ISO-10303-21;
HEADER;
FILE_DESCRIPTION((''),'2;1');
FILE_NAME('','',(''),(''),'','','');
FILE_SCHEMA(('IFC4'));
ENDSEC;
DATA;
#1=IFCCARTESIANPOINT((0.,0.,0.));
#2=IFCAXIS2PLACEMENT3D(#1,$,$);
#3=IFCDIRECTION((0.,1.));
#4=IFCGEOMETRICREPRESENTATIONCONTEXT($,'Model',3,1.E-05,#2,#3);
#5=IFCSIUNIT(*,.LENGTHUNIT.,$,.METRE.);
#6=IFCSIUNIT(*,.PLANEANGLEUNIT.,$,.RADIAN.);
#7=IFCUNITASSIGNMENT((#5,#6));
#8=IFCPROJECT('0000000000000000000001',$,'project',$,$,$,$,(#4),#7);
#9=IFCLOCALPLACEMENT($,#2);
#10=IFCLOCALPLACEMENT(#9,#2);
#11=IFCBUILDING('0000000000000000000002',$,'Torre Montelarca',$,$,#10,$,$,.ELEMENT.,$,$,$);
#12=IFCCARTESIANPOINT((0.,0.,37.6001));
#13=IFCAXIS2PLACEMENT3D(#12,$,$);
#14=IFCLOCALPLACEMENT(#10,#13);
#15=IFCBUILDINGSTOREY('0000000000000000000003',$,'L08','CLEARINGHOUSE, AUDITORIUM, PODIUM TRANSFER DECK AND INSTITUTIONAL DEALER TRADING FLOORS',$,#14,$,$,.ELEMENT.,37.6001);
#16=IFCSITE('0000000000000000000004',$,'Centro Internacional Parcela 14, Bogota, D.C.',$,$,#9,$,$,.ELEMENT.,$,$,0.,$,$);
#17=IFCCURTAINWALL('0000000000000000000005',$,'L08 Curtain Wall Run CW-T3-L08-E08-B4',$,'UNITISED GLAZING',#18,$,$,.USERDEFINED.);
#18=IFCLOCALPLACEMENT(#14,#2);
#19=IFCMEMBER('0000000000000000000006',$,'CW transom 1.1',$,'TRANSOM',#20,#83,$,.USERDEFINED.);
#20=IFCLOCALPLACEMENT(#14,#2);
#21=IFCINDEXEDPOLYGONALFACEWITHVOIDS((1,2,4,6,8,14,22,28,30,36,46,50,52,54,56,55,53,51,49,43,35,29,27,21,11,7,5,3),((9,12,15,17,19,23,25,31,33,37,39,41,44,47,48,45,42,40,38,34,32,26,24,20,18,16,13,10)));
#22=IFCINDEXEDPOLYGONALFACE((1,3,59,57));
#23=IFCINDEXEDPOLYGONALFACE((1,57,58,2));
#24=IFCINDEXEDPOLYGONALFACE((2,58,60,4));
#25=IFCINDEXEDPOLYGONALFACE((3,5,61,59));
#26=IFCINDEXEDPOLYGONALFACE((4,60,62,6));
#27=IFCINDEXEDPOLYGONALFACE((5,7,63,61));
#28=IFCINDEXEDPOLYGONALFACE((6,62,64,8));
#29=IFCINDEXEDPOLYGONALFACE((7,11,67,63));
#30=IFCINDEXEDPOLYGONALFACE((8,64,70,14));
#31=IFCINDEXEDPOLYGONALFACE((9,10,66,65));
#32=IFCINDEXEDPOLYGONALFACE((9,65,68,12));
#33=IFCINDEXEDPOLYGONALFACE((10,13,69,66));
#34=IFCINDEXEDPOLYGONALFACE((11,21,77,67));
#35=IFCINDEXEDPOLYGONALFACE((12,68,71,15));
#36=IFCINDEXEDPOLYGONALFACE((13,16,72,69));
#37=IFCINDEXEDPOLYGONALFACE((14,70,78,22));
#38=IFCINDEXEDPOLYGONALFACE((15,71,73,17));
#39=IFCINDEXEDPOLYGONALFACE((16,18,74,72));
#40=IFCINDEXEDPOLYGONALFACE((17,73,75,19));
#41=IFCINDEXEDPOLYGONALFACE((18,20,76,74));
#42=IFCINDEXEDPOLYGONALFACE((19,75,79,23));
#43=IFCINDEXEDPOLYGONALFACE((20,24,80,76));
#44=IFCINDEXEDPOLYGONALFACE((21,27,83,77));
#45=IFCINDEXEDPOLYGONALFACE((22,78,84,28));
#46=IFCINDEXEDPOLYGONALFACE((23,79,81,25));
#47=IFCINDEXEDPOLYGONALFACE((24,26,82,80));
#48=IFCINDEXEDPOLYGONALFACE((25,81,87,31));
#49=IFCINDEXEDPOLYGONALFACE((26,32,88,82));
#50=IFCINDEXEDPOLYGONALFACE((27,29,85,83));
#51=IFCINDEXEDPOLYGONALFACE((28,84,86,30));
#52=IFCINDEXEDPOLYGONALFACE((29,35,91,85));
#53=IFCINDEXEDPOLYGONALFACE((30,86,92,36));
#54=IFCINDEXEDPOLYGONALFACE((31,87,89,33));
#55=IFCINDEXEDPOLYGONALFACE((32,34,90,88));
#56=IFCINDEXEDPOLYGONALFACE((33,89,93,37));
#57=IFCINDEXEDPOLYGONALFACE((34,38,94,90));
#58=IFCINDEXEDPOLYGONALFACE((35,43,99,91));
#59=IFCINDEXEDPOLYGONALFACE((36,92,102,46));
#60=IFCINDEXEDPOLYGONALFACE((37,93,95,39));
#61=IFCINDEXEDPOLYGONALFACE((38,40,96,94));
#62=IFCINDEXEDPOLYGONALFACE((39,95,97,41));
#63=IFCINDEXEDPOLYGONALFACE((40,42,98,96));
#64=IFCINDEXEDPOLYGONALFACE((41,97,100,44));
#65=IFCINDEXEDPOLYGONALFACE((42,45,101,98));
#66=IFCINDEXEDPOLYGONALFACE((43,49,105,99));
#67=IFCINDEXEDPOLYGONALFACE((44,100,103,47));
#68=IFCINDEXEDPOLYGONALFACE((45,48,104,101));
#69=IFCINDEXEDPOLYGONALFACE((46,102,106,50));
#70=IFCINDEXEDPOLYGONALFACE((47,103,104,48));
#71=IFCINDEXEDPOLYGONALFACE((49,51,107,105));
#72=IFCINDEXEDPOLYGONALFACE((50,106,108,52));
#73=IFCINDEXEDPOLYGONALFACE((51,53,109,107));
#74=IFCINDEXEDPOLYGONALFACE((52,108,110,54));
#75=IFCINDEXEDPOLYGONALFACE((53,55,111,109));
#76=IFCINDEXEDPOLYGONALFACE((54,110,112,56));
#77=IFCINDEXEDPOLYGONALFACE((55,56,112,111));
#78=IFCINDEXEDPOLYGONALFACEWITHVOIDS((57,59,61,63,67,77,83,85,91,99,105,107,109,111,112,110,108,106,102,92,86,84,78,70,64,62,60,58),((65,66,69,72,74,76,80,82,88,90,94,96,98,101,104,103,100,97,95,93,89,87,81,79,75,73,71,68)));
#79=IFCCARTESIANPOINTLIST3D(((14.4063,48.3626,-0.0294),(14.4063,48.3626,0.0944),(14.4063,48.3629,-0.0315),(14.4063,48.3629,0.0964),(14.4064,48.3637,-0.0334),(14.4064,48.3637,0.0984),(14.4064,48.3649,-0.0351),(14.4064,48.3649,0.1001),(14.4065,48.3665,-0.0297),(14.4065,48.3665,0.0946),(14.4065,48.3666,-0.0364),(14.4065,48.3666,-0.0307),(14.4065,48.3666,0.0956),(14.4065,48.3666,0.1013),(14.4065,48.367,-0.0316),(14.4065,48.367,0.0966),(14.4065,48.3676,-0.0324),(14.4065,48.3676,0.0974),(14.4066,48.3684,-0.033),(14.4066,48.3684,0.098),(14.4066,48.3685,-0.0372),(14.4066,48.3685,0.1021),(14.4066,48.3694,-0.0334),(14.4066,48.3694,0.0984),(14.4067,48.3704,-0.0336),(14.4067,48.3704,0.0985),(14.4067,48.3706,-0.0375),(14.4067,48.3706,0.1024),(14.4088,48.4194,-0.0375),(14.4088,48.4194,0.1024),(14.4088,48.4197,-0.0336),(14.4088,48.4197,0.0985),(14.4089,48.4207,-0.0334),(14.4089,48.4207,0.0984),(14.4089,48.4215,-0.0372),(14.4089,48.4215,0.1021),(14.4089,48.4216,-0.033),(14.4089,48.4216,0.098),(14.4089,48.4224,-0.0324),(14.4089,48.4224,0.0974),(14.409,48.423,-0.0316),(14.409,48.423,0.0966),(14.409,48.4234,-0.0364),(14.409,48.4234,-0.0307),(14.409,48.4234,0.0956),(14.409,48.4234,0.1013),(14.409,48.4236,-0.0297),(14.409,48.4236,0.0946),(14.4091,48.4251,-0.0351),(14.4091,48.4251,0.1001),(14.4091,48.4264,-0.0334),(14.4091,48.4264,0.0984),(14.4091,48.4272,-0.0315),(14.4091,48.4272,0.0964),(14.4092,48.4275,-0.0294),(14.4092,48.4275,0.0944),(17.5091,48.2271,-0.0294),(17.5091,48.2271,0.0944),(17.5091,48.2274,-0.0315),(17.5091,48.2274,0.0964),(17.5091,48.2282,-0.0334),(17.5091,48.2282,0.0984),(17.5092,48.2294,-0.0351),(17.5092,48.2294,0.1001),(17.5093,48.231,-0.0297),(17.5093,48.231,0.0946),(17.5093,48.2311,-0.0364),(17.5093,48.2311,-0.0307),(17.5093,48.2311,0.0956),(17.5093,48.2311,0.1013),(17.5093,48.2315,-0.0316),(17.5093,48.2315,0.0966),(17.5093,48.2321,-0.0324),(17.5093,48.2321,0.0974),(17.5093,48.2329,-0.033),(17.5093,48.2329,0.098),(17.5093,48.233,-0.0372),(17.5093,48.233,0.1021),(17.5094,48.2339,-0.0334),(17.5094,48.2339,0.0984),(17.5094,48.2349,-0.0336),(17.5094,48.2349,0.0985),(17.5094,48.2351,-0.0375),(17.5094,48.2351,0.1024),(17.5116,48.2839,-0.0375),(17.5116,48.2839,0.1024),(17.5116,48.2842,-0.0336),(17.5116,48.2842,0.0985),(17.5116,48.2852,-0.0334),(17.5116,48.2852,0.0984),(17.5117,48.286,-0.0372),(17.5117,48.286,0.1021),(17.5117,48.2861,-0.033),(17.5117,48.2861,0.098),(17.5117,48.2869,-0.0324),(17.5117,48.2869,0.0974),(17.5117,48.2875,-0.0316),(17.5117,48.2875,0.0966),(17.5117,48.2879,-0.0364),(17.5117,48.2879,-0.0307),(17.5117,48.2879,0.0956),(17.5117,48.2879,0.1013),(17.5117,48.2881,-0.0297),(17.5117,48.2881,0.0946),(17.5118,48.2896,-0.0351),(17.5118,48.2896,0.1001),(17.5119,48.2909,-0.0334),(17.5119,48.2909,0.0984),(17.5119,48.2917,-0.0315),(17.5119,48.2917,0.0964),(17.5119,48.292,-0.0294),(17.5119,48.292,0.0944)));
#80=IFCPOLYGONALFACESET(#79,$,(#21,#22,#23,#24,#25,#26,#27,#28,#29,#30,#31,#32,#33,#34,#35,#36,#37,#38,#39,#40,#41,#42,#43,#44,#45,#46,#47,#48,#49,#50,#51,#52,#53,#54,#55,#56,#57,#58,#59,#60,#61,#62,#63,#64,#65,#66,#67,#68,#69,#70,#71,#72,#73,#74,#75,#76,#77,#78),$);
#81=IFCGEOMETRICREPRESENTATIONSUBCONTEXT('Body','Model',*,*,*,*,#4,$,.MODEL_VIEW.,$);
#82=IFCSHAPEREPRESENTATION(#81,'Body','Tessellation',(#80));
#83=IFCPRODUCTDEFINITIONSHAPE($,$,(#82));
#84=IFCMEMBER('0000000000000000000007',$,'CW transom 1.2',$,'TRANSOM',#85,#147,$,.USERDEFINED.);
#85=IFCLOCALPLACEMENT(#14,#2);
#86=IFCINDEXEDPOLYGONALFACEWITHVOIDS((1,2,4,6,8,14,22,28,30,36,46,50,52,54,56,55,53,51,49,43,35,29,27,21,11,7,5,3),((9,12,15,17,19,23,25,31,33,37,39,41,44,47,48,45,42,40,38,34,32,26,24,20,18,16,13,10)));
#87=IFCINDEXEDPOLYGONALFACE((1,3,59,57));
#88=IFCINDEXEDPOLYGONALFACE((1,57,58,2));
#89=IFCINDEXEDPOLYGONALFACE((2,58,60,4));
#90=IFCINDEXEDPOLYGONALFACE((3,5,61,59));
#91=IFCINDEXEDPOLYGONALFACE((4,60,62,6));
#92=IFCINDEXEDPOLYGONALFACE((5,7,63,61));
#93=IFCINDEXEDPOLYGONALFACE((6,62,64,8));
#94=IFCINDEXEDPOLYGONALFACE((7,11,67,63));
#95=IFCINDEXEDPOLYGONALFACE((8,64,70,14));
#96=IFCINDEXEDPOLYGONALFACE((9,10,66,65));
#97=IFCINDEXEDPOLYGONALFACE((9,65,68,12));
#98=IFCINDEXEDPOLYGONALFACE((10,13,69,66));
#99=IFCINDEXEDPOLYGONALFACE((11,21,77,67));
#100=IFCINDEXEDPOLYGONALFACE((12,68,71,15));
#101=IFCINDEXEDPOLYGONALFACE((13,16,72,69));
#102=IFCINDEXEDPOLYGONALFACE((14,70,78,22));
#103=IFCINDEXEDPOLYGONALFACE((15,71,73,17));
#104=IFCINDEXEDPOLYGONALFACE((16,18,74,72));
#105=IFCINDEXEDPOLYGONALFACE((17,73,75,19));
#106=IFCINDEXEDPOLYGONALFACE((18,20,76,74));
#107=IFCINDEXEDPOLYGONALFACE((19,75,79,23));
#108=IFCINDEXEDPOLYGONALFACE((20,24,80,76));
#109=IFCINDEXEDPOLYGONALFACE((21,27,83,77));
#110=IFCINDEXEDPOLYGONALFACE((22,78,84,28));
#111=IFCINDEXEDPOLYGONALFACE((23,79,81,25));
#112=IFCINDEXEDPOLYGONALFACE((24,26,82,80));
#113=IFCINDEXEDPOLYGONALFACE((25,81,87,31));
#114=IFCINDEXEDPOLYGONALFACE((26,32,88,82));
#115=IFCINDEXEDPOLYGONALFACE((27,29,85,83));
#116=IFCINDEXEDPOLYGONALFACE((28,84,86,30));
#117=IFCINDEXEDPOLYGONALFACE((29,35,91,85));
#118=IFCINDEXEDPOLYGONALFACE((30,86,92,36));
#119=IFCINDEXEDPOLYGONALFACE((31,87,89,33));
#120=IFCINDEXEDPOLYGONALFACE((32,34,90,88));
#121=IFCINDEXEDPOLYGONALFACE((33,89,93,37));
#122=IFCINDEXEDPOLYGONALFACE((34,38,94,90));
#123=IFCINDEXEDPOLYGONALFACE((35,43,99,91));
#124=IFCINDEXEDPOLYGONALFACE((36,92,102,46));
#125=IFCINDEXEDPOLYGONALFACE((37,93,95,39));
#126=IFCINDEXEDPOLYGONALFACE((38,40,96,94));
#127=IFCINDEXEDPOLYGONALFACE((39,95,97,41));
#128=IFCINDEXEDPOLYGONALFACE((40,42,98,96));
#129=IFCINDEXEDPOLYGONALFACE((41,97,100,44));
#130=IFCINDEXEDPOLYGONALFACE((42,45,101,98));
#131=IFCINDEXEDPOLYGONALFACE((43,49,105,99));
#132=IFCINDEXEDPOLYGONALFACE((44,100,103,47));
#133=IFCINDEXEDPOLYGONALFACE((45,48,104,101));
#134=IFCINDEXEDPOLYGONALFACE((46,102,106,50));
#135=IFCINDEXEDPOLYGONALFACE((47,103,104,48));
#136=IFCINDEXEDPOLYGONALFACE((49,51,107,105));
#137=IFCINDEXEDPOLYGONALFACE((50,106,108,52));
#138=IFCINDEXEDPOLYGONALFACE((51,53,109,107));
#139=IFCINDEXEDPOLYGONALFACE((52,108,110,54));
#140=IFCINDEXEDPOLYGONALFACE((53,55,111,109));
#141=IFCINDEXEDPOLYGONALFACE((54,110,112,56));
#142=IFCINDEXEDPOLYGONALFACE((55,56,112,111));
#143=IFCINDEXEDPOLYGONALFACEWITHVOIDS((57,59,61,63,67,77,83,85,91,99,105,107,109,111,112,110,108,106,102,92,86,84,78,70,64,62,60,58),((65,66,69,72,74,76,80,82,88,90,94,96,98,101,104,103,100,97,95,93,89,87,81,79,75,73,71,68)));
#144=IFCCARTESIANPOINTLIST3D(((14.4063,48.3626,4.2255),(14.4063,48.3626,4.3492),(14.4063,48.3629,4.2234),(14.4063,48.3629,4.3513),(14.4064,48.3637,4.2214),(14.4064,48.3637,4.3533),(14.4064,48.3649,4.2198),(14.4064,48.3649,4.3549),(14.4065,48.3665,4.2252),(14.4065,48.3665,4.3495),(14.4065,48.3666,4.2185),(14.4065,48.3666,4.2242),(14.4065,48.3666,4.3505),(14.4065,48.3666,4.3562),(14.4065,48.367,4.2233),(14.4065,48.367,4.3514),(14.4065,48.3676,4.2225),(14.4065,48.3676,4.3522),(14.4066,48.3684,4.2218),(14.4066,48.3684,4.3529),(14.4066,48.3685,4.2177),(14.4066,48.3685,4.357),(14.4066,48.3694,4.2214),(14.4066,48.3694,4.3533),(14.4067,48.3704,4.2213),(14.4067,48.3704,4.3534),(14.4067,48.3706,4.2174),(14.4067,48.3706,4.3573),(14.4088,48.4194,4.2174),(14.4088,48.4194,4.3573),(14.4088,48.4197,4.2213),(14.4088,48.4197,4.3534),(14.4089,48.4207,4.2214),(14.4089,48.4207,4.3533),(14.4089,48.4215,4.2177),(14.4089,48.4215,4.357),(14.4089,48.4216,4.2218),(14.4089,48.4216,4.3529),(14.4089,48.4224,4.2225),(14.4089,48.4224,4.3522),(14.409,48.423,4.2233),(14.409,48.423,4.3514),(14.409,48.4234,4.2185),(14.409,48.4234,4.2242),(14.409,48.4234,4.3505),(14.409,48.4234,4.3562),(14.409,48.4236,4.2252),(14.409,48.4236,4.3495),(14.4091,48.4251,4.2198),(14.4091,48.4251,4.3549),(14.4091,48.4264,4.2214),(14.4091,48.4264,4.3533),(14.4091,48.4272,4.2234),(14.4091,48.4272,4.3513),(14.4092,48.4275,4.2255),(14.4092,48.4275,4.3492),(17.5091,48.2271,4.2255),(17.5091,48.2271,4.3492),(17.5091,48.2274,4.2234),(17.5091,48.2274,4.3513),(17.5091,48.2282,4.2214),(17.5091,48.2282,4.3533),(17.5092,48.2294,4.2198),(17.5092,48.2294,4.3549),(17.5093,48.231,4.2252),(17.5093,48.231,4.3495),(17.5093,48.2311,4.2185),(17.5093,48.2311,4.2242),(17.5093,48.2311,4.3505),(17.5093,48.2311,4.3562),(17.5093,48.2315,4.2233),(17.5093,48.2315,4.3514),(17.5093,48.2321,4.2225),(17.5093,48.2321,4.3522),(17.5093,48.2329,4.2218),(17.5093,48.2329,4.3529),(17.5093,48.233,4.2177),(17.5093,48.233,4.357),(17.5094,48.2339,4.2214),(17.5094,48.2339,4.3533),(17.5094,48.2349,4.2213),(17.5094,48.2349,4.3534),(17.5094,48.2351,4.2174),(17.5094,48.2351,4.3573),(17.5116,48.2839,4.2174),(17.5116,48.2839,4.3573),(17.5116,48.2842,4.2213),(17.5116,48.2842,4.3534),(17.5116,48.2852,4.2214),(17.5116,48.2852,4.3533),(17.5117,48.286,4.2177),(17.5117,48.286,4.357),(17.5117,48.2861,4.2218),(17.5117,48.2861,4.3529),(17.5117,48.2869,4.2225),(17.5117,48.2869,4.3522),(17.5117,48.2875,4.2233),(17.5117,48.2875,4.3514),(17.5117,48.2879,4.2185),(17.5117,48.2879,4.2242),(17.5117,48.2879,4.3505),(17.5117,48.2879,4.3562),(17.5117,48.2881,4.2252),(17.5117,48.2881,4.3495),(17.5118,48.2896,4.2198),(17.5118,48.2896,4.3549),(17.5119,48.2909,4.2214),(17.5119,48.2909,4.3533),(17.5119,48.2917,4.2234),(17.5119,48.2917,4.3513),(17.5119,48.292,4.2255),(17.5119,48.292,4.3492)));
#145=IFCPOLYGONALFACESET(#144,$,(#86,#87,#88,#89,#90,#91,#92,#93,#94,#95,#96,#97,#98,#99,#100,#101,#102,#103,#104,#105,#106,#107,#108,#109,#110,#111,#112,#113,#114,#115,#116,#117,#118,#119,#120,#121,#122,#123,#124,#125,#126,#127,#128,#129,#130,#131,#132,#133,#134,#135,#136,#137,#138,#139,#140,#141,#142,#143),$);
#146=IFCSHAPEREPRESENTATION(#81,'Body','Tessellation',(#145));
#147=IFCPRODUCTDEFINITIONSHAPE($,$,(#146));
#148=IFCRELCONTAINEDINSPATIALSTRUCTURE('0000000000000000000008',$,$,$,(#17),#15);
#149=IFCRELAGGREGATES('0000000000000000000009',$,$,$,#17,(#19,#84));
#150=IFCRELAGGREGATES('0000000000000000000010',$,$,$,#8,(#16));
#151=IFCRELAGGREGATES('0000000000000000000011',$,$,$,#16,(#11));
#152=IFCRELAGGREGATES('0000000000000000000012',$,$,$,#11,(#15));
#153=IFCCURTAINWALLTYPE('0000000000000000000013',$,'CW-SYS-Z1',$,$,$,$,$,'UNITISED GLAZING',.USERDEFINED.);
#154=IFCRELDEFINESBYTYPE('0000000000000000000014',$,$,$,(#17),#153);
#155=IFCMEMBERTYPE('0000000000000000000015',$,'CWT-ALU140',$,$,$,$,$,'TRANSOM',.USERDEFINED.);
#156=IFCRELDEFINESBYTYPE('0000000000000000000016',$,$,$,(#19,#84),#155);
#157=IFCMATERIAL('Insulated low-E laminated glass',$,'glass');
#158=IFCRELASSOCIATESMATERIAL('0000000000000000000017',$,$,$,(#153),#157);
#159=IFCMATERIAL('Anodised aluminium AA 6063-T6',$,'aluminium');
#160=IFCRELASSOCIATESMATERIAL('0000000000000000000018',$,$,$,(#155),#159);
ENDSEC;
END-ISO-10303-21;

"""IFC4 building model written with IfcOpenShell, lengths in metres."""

from ifc_helpers import new_model, si_unit, direction, frame, origin, origin_2d, place, context, subcontext, project, spatial, hollow_rectangle, extrude, source, transform, mapped, material, material_profile, profile_set, type_object, element, aggregate, save


model = new_model("IFC4")

# Units and contexts
model_context = context("Model", 3, precision=1e-05, world=origin(), true_north=direction((0.0, 1.0)))
body_context = subcontext(model_context, "Body", "Model", "MODEL_VIEW")
ifc_project = project(units=[si_unit("LENGTHUNIT", "METRE"), si_unit("PLANEANGLEUNIT", "RADIAN")], contexts=[model_context])

# Site, building, storey
site_placement = place(None, origin())
site = spatial("IfcSite", under=ifc_project, at=site_placement, Name="Centro Internacional Parcela 14, Bogota, D.C.", CompositionType="ELEMENT", RefElevation=0.0)
building_placement = place(site_placement, origin())
building = spatial("IfcBuilding", under=site, at=building_placement, Name="Torre Montelarca", CompositionType="ELEMENT")
storey_placement = place(building_placement, frame((0.0, 0.0, 37.6001)))
storey = spatial("IfcBuildingStorey", under=building, at=storey_placement, Name="L08", Description="CLEARINGHOUSE, AUDITORIUM, PODIUM TRANSFER DECK AND INSTITUTIONAL DEALER TRADING FLOORS", CompositionType="ELEMENT", Elevation=37.6001)

# Shared definitions
ifc_material_1 = material(Name="Insulated low-E laminated glass", Category="glass")
curtain_wall_type = type_object("IfcCurtainWallType", Name="CW-SYS-Z1", ElementType="UNITISED GLAZING", PredefinedType="USERDEFINED", material=ifc_material_1)
ifc_material_2 = material(Name="Anodised aluminium AA 6063-T6", Category="aluminium")
ifc_material_profile_1 = material_profile(ifc_material_2, hollow_rectangle(XDim=0.0649, YDim=0.1399, WallThickness=0.0039, InnerFilletRadius=0.0039, OuterFilletRadius=0.0081, at=origin_2d()), Name="ALU65X140X4", Category="aluminium")
ifc_profile_set_1 = profile_set([ifc_material_profile_1], Name="Anodised aluminium AA 6063-T6")
member_type_1 = type_object("IfcMemberType", Name="CWT-ALU140", ElementType="TRANSOM", PredefinedType="USERDEFINED", material=ifc_profile_set_1)

# Curtain wall
curtain_wall_1_placement = place(storey_placement, origin())
curtain_wall_1 = element("IfcCurtainWall", 1, at=curtain_wall_1_placement, inside=storey, type_object=curtain_wall_type, Name="L08 Curtain Wall Run CW-T3-L08-E08-B4", ObjectType="UNITISED GLAZING", PredefinedType="USERDEFINED")

# Members
shared_shape_1 = source(origin(), body_context, "Body", "SweptSolid", [
    extrude(hollow_rectangle(XDim=0.0649, YDim=0.1399, WallThickness=0.0039, InnerFilletRadius=0.0039, OuterFilletRadius=0.0081, at=origin_2d()), origin(), (0.0, 0.0, 1.0), 3.1057),
])
member_1_placement = place(storey_placement, frame((17.5105, 48.2595, 0.0325), z_axis=(-0.999048, 0.043628, 0.0), x_axis=(-0.043628, -0.999048, 0.0)))
member_1 = element("IfcMember", 2, at=member_1_placement, type_object=member_type_1, Name="CW transom 1.1", ObjectType="TRANSOM", PredefinedType="USERDEFINED", context=body_context, shape_type="MappedRepresentation", body=[
    mapped(shared_shape_1, transform((0.0, 0.0, 0.0), scale=1.0)),
])
member_2_placement = place(storey_placement, frame((17.5105, 48.2595, 4.2874), z_axis=(-0.999048, 0.043628, 0.0), x_axis=(-0.043628, -0.999048, 0.0)))
member_2 = element("IfcMember", 3, at=member_2_placement, type_object=member_type_1, Name="CW transom 1.2", ObjectType="TRANSOM", PredefinedType="USERDEFINED", context=body_context, shape_type="MappedRepresentation", body=[
    mapped(shared_shape_1, transform((0.0, 0.0, 0.0), scale=1.0)),
])

aggregate(curtain_wall_1, [member_1, member_2])

save(model, "model.ifc")
